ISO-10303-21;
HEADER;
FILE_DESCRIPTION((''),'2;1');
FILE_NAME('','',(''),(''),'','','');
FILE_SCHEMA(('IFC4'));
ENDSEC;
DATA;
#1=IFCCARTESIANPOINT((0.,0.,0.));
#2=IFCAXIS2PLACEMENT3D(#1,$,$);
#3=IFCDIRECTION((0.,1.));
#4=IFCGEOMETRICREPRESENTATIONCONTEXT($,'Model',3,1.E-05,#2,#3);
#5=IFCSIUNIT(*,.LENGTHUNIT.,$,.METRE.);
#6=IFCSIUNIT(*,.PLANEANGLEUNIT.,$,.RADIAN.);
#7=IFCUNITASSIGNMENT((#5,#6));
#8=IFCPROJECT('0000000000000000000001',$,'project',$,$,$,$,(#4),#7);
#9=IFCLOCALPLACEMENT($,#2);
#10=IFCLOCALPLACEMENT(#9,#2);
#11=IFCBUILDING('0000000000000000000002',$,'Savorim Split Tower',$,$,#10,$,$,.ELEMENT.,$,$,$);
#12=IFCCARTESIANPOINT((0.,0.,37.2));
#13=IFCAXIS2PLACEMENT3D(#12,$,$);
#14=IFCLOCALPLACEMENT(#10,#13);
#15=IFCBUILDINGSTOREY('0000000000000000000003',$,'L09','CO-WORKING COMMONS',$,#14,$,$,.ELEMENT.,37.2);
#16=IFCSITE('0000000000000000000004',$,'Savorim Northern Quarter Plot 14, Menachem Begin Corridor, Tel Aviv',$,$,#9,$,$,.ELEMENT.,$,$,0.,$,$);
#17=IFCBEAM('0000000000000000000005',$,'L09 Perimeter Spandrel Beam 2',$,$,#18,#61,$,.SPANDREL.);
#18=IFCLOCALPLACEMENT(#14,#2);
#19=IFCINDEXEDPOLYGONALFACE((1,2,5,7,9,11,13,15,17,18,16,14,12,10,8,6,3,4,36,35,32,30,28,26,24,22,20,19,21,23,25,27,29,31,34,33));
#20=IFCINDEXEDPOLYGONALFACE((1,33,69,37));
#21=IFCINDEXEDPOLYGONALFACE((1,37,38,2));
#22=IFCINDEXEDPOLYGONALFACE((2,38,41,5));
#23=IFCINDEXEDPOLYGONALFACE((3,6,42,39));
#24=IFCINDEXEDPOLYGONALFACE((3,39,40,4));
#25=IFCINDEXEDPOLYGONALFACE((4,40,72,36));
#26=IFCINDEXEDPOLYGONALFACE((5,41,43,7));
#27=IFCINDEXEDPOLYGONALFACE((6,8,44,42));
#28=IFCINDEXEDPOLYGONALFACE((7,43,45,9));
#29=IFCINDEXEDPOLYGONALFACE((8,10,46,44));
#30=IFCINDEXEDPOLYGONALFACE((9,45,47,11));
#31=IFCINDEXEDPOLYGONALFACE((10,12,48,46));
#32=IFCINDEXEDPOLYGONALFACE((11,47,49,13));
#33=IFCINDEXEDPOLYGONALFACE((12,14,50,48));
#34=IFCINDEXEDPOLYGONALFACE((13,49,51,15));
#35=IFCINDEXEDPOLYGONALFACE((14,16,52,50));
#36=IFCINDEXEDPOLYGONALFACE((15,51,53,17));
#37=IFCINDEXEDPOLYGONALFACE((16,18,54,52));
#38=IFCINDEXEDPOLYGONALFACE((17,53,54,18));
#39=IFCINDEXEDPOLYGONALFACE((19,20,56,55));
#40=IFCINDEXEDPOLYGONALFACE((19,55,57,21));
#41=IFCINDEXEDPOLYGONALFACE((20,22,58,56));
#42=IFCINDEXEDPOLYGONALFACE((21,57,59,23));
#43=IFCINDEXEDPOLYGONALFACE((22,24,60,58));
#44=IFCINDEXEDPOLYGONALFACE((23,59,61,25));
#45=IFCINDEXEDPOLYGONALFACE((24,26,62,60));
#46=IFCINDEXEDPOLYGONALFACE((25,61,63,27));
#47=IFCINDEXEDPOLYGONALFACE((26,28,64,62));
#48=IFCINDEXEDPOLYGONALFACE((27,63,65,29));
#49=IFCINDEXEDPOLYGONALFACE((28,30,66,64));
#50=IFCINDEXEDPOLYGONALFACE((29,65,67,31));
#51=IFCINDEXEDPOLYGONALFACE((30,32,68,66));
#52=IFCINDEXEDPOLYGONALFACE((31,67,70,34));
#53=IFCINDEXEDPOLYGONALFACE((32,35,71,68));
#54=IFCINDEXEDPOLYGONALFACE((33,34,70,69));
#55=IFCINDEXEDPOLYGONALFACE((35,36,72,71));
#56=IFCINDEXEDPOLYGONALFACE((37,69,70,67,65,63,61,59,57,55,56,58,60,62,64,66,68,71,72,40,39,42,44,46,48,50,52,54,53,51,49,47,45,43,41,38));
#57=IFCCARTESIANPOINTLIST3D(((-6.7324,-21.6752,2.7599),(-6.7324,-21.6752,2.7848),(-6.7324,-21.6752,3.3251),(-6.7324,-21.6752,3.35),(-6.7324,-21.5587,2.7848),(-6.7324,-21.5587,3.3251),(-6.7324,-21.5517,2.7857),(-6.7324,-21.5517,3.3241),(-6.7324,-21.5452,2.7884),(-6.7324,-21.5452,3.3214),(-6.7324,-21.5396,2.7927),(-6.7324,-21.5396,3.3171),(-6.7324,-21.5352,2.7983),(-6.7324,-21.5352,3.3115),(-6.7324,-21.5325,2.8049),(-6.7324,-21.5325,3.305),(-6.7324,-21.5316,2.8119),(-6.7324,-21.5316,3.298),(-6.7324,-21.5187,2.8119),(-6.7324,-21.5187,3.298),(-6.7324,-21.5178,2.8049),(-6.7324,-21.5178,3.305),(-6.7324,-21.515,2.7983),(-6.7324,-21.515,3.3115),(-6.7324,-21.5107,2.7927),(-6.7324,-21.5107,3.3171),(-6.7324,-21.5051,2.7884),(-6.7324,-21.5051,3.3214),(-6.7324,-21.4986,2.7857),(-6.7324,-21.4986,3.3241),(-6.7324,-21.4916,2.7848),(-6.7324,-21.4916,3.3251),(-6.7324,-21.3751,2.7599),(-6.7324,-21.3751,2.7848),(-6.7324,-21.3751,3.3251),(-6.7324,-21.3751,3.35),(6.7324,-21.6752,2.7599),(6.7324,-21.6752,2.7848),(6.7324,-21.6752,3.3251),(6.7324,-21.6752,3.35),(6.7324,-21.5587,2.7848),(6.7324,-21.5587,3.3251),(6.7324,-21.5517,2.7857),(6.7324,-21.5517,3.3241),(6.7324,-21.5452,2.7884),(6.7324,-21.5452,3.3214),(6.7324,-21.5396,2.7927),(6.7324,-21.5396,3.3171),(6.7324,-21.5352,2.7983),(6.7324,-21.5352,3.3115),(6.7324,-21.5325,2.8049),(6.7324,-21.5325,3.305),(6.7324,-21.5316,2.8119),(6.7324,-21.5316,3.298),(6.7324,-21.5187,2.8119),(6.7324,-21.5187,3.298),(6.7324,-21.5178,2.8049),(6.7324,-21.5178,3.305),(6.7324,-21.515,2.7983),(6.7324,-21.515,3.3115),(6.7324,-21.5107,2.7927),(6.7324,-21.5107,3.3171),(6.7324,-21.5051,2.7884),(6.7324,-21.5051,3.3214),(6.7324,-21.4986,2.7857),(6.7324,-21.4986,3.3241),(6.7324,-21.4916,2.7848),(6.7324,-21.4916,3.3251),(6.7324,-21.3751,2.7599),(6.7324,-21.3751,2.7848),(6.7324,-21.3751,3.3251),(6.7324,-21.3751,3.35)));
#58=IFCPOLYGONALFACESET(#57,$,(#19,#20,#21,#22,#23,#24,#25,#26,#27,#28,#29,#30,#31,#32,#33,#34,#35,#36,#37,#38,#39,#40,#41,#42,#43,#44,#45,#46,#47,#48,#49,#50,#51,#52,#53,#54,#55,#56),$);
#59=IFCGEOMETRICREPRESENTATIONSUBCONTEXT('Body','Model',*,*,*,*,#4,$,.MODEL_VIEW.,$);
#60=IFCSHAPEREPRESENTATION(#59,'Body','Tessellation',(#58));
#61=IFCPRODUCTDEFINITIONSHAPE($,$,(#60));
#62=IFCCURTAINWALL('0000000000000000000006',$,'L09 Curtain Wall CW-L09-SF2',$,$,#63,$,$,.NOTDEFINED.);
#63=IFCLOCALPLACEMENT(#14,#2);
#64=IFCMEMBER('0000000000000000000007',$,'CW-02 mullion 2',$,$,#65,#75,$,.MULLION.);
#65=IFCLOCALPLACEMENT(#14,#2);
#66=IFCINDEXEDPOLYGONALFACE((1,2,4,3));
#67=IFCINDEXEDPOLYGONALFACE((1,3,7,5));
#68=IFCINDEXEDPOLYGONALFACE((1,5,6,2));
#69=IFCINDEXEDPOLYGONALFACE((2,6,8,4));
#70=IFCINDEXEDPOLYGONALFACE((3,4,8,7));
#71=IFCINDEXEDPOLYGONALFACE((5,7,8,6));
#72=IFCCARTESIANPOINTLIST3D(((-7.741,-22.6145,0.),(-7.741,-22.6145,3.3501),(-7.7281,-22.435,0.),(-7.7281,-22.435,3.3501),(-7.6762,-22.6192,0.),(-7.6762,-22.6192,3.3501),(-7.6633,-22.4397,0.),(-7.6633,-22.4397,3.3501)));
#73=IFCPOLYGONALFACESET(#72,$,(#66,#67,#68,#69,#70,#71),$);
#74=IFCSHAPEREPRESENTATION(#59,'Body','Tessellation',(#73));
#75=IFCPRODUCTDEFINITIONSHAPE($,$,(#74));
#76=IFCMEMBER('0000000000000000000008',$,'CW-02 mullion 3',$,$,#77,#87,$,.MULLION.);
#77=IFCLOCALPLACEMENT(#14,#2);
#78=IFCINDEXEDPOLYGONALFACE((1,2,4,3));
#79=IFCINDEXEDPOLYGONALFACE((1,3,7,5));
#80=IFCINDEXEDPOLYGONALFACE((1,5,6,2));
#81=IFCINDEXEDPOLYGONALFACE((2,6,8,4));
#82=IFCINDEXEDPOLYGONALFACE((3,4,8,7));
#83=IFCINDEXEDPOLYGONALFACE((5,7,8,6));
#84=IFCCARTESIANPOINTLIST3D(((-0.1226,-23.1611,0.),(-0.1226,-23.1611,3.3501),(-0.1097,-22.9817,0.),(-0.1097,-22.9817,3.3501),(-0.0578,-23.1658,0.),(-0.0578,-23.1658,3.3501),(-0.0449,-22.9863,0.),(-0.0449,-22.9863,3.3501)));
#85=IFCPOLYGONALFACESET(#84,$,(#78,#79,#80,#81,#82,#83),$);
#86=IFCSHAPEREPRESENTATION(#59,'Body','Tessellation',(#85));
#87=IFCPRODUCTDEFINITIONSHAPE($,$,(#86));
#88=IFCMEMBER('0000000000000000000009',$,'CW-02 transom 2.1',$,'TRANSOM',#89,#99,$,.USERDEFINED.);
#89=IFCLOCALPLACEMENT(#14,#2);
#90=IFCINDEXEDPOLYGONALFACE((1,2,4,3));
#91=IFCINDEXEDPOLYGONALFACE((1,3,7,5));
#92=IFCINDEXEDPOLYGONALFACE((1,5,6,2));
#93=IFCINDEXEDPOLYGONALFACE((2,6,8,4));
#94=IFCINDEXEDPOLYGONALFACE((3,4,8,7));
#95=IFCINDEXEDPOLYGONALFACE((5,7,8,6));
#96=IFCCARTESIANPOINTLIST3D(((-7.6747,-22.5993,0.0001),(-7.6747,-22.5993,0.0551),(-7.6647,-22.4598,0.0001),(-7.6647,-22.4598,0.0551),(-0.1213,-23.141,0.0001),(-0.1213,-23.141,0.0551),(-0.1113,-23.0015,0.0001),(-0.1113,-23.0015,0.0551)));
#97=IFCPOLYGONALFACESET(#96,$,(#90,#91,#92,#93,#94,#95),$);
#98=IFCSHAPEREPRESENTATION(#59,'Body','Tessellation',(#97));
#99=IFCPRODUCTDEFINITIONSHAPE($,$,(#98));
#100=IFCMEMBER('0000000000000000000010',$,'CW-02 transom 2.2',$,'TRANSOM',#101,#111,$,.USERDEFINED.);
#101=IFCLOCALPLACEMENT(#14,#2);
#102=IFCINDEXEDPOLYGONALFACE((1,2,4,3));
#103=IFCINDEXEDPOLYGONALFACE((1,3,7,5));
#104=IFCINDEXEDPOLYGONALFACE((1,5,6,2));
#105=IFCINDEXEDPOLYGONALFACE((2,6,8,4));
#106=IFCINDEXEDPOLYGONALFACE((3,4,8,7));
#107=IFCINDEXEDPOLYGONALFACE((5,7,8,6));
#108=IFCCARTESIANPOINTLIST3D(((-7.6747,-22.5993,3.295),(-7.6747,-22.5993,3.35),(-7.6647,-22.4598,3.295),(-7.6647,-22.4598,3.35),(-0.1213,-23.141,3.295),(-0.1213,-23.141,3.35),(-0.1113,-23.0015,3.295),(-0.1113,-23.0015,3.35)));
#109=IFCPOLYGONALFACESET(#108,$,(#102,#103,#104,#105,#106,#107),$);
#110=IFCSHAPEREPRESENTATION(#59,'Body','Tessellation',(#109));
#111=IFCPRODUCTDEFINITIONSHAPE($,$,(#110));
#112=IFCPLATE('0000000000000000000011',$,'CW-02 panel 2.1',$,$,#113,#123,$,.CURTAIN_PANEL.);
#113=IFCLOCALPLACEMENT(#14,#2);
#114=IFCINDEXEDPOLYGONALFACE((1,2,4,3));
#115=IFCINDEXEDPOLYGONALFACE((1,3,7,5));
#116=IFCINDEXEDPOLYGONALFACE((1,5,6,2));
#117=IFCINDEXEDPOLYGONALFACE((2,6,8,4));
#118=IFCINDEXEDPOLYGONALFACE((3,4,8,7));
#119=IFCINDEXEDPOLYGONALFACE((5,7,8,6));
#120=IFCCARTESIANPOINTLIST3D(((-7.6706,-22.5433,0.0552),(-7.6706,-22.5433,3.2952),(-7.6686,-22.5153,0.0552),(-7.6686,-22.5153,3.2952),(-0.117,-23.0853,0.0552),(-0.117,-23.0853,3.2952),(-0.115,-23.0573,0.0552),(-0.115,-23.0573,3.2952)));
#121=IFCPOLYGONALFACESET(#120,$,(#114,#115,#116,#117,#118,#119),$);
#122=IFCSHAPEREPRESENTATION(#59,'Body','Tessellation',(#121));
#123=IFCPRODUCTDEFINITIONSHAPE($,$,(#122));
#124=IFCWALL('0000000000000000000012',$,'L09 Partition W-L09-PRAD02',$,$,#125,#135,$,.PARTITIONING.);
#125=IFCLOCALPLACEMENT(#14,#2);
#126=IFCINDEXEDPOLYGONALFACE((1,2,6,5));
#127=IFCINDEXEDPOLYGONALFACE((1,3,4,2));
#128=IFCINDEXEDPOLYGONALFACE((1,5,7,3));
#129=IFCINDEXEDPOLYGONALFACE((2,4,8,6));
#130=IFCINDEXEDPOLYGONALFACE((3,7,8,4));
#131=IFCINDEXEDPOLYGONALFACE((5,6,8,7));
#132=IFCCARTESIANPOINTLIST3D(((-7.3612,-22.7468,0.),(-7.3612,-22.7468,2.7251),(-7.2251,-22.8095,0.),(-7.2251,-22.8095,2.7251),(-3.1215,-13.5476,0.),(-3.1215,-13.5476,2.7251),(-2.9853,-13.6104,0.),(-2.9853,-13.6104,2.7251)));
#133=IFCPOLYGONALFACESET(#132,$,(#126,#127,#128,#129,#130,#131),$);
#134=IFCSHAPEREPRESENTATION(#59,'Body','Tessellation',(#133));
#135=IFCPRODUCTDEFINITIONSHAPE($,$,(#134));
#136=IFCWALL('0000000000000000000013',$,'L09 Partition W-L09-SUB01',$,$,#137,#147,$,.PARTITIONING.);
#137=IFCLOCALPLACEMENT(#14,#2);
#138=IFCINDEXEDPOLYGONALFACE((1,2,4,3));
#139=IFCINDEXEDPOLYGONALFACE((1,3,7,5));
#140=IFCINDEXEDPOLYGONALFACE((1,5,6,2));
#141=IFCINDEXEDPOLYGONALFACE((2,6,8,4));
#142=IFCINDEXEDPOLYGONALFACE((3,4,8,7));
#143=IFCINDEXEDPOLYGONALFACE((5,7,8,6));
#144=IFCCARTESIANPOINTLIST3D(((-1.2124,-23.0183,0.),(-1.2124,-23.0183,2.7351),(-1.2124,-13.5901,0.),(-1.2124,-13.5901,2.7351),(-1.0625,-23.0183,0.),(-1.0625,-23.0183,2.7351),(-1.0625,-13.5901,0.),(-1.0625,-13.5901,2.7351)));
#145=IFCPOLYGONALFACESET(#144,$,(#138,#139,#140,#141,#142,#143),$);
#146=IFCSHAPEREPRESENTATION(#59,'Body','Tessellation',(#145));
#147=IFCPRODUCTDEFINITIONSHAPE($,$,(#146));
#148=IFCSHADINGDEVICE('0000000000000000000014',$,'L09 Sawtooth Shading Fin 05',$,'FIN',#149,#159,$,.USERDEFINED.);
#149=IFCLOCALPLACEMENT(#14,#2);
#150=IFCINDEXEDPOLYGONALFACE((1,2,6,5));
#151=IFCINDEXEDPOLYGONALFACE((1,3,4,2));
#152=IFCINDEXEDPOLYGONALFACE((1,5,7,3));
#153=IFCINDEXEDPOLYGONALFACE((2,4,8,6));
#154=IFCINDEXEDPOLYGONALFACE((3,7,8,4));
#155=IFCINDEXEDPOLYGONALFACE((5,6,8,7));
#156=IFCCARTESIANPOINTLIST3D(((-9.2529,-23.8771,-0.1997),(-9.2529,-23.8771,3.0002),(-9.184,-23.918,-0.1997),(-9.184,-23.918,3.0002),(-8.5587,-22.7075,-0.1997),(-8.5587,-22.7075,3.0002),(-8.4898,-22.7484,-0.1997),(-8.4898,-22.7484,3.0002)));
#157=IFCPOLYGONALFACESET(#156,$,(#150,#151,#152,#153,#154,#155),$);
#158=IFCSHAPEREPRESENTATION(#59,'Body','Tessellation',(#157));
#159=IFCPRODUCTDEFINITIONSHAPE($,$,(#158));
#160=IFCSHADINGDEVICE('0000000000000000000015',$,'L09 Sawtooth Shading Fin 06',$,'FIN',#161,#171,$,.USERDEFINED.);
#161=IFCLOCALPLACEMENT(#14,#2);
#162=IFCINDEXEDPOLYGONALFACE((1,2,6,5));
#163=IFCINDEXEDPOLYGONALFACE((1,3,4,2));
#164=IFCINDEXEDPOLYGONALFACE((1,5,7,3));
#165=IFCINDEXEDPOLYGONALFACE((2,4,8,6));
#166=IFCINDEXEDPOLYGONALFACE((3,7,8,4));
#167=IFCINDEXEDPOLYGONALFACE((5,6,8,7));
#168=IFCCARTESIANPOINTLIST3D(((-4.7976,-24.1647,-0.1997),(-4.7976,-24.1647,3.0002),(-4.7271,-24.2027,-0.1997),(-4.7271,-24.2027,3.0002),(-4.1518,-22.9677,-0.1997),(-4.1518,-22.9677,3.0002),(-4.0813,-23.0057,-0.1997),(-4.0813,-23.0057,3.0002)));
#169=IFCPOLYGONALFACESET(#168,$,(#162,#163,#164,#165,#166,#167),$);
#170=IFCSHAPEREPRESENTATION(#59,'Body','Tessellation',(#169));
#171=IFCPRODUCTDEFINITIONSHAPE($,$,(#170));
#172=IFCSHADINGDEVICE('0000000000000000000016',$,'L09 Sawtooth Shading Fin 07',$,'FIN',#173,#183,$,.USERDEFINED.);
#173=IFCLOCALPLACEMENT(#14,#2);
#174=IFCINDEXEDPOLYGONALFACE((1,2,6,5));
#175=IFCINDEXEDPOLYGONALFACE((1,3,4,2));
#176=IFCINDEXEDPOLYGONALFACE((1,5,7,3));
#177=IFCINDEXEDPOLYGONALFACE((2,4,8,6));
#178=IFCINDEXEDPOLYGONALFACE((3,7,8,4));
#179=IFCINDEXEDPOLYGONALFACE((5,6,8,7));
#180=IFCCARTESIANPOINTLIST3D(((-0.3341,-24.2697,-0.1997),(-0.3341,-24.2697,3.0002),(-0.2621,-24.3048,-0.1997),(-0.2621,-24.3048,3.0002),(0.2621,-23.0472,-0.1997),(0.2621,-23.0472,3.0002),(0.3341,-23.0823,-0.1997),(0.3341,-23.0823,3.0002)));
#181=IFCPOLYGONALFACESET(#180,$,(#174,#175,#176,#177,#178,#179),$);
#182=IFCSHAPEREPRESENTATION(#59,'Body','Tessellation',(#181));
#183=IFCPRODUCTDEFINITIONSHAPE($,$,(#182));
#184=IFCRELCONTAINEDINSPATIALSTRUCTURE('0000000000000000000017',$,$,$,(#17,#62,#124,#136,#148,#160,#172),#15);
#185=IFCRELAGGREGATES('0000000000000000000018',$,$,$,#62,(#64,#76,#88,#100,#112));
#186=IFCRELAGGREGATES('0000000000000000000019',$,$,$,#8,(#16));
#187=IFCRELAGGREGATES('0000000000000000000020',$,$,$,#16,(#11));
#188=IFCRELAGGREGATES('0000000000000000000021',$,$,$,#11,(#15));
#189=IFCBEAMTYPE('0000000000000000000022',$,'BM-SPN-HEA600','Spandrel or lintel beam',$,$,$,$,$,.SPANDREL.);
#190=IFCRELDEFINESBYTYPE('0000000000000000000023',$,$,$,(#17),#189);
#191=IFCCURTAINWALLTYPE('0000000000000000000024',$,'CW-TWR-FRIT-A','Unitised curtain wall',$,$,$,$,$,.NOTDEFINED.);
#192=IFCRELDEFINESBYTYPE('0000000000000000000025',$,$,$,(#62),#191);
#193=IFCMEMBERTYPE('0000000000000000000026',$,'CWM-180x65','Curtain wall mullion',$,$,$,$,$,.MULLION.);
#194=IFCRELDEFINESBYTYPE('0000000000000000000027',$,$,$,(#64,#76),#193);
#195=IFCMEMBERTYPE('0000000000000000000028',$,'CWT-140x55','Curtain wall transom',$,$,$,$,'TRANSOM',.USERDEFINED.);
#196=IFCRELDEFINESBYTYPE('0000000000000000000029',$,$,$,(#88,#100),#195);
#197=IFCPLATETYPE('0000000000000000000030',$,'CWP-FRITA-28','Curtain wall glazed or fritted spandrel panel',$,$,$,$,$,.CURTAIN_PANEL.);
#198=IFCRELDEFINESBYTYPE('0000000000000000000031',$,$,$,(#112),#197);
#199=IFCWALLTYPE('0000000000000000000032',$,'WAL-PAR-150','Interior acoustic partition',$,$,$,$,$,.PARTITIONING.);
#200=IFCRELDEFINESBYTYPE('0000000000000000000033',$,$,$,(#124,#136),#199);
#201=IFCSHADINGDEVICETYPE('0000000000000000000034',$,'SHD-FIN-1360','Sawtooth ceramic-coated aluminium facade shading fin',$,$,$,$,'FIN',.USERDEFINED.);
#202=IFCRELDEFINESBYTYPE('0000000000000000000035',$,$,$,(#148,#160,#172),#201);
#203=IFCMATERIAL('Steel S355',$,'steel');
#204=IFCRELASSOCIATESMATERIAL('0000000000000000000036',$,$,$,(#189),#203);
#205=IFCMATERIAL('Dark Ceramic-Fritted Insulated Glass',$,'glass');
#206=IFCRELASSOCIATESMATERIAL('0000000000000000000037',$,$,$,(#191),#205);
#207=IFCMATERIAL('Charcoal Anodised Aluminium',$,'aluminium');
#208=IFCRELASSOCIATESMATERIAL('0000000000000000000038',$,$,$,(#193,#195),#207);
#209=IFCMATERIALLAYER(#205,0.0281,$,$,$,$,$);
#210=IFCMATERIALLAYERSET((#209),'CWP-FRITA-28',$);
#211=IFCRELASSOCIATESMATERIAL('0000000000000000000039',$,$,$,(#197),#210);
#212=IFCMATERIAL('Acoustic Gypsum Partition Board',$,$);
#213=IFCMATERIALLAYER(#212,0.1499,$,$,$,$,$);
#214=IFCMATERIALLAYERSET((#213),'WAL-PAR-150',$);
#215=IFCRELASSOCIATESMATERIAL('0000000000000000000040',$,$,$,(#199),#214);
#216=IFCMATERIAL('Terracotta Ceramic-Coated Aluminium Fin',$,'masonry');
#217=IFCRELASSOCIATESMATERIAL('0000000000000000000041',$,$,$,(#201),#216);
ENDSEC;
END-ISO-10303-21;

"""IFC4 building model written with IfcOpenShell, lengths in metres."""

from ifc_helpers import new_model, si_unit, direction, frame, frame_2d, origin, origin_2d, place, context, subcontext, project, spatial, rectangle, i_section, extrude, material, layer, layer_set, material_profile, profile_set, type_object, element, aggregate, save


model = new_model("IFC4")

# Units and contexts
model_context = context("Model", 3, precision=1e-05, world=origin(), true_north=direction((0.0, 1.0)))
body_context = subcontext(model_context, "Body", "Model", "MODEL_VIEW")
ifc_project = project(units=[si_unit("LENGTHUNIT", "METRE"), si_unit("PLANEANGLEUNIT", "RADIAN")], contexts=[model_context])

# Site, building, storey
site_placement = place(None, origin())
site = spatial("IfcSite", under=ifc_project, at=site_placement, Name="Savorim Northern Quarter Plot 14, Menachem Begin Corridor, Tel Aviv", CompositionType="ELEMENT", RefElevation=0.0)
building_placement = place(site_placement, origin())
building = spatial("IfcBuilding", under=site, at=building_placement, Name="Savorim Split Tower", CompositionType="ELEMENT")
storey_placement = place(building_placement, frame((0.0, 0.0, 37.2)))
storey = spatial("IfcBuildingStorey", under=building, at=storey_placement, Name="L09", Description="CO-WORKING COMMONS", CompositionType="ELEMENT", Elevation=37.2)

# Beam
ifc_material_1 = material(Name="Steel S355", Category="steel")
ifc_material_profile_1 = material_profile(ifc_material_1, i_section(OverallWidth=0.3, OverallDepth=0.5901, WebThickness=0.0129, FlangeThickness=0.0249, FilletRadius=0.0271, at=origin_2d()), Name="HEA 600")
ifc_profile_set_1 = profile_set([ifc_material_profile_1], Name="Steel S355")
beam_type_1 = type_object("IfcBeamType", Name="BM-SPN-HEA600", Description="Spandrel or lintel beam", PredefinedType="SPANDREL", material=ifc_profile_set_1)
beam_1_placement = place(storey_placement, frame((-6.7324, -21.5251, 3.0549), z_axis=(1.0, 0.0, 0.0), x_axis=(0.0, 1.0, 0.0)))
element("IfcBeam", 1, at=beam_1_placement, inside=storey, type_object=beam_type_1, Name="L09 Perimeter Spandrel Beam 2", PredefinedType="SPANDREL", context=body_context, shape_type="SweptSolid", body=[
    extrude(i_section(OverallWidth=0.3, OverallDepth=0.5901, WebThickness=0.0129, FlangeThickness=0.0249, FilletRadius=0.0271, at=origin_2d()), origin(), (0.0, 0.0, 1.0), 13.4648),
])

# Curtain wall, members, plate
ifc_material_2 = material(Name="Dark Ceramic-Fritted Insulated Glass", Category="glass")
curtain_wall_type = type_object("IfcCurtainWallType", Name="CW-TWR-FRIT-A", Description="Unitised curtain wall", PredefinedType="NOTDEFINED", material=ifc_material_2)
curtain_wall_placement = place(storey_placement, origin())
curtain_wall = element("IfcCurtainWall", 2, at=curtain_wall_placement, inside=storey, type_object=curtain_wall_type, Name="L09 Curtain Wall CW-L09-SF2", PredefinedType="NOTDEFINED")
ifc_material_3 = material(Name="Charcoal Anodised Aluminium", Category="aluminium")
ifc_material_profile_2 = material_profile(ifc_material_3, rectangle(XDim=0.1799, YDim=0.0649, at=origin_2d()), Name="ALU-M 180x65")
ifc_profile_set_2 = profile_set([ifc_material_profile_2], Name="Charcoal Anodised Aluminium")
member_type_1 = type_object("IfcMemberType", Name="CWM-180x65", Description="Curtain wall mullion", PredefinedType="MULLION", material=ifc_profile_set_2)
member_1_placement = place(storey_placement, frame((-7.7021, -22.5271, 0.0), z_axis=(0.0, 0.0, 1.0), x_axis=(0.07156, 0.997436, 0.0)))
member_1 = element("IfcMember", 3, at=member_1_placement, type_object=member_type_1, Name="CW-02 mullion 2", PredefinedType="MULLION", context=body_context, shape_type="SweptSolid", body=[
    extrude(rectangle(XDim=0.1799, YDim=0.0649, at=origin_2d()), origin(), (0.0, 0.0, 1.0), 3.3501),
])
member_2_placement = place(storey_placement, frame((-0.0837, -23.0737, 0.0), z_axis=(0.0, 0.0, 1.0), x_axis=(0.07156, 0.997436, 0.0)))
member_2 = element("IfcMember", 4, at=member_2_placement, type_object=member_type_1, Name="CW-02 mullion 3", PredefinedType="MULLION", context=body_context, shape_type="SweptSolid", body=[
    extrude(rectangle(XDim=0.1799, YDim=0.0649, at=origin_2d()), origin(), (0.0, 0.0, 1.0), 3.3501),
])
ifc_material_profile_3 = material_profile(ifc_material_3, rectangle(XDim=0.1399, YDim=0.0549, at=origin_2d()), Name="ALU-T 140x55")
ifc_profile_set_3 = profile_set([ifc_material_profile_3], Name="Charcoal Anodised Aluminium")
member_type_2 = type_object("IfcMemberType", Name="CWT-140x55", Description="Curtain wall transom", ElementType="TRANSOM", PredefinedType="USERDEFINED", material=ifc_profile_set_3)
member_3_placement = place(storey_placement, frame((-7.6697, -22.5295, 0.0276), z_axis=(0.997438, -0.071538, 0.0), x_axis=(0.071538, 0.997438, 0.0)))
member_3 = element("IfcMember", 5, at=member_3_placement, type_object=member_type_2, Name="CW-02 transom 2.1", ObjectType="TRANSOM", PredefinedType="USERDEFINED", context=body_context, shape_type="SweptSolid", body=[
    extrude(rectangle(XDim=0.1399, YDim=0.0549, at=origin_2d()), origin(), (0.0, 0.0, 1.0), 7.5728),
])
member_4_placement = place(storey_placement, frame((-7.6697, -22.5295, 3.3225), z_axis=(0.997438, -0.071538, 0.0), x_axis=(0.071538, 0.997438, 0.0)))
member_4 = element("IfcMember", 6, at=member_4_placement, type_object=member_type_2, Name="CW-02 transom 2.2", ObjectType="TRANSOM", PredefinedType="USERDEFINED", context=body_context, shape_type="SweptSolid", body=[
    extrude(rectangle(XDim=0.1399, YDim=0.0549, at=origin_2d()), origin(), (0.0, 0.0, 1.0), 7.5728),
])
ifc_layer_1 = layer(ifc_material_2, 0.0281)
ifc_layer_set_1 = layer_set([ifc_layer_1], Name="CWP-FRITA-28")
plate_type = type_object("IfcPlateType", Name="CWP-FRITA-28", Description="Curtain wall glazed or fritted spandrel panel", PredefinedType="CURTAIN_PANEL", material=ifc_layer_set_1)
plate_placement = place(storey_placement, frame((-3.8928, -22.8003, 0.0552), z_axis=(0.0, 0.0, 1.0), x_axis=(0.997436, -0.07156, 0.0)))
plate = element("IfcPlate", 7, at=plate_placement, type_object=plate_type, Name="CW-02 panel 2.1", PredefinedType="CURTAIN_PANEL", context=body_context, shape_type="SweptSolid", body=[
    extrude(rectangle(XDim=7.573, YDim=0.0281, at=origin_2d()), origin(), (0.0, 0.0, 1.0), 3.24),
])
aggregate(curtain_wall, [member_1, member_2, member_3, member_4, plate])

# Walls
ifc_material_4 = material(Name="Acoustic Gypsum Partition Board")
ifc_layer_2 = layer(ifc_material_4, 0.1499)
ifc_layer_set_2 = layer_set([ifc_layer_2], Name="WAL-PAR-150")
wall_type = type_object("IfcWallType", Name="WAL-PAR-150", Description="Interior acoustic partition", PredefinedType="PARTITIONING", material=ifc_layer_set_2)
wall_1_placement = place(storey_placement, frame((-3.0535, -13.5791, 0.0), z_axis=(0.0, 0.0, 1.0), x_axis=(-0.418566, -0.908186, 0.0)))
element("IfcWall", 8, at=wall_1_placement, inside=storey, type_object=wall_type, Name="L09 Partition W-L09-PRAD02", PredefinedType="PARTITIONING", context=body_context, shape_type="SweptSolid", body=[
    extrude(rectangle(XDim=10.1292, YDim=0.1499, at=frame_2d((5.0645, 0.0))), origin(), (0.0, 0.0, 1.0), 2.7251),
])
wall_2_placement = place(storey_placement, frame((-1.1375, -13.5901, 0.0), z_axis=(0.0, 0.0, 1.0), x_axis=(0.0, -1.0, 0.0)))
element("IfcWall", 9, at=wall_2_placement, inside=storey, type_object=wall_type, Name="L09 Partition W-L09-SUB01", PredefinedType="PARTITIONING", context=body_context, shape_type="SweptSolid", body=[
    extrude(rectangle(XDim=9.4282, YDim=0.1499, at=frame_2d((4.7141, 0.0))), origin(), (0.0, 0.0, 1.0), 2.7351),
])

# Shading devices
ifc_material_5 = material(Name="Terracotta Ceramic-Coated Aluminium Fin", Category="masonry")
shading_device_type = type_object("IfcShadingDeviceType", Name="SHD-FIN-1360", Description="Sawtooth ceramic-coated aluminium facade shading fin", ElementType="FIN", PredefinedType="USERDEFINED", material=ifc_material_5)
for number, where, z_axis, x_axis, name in (
    (10, (-8.8713, -23.3127, -0.1997), (0.0, 0.0, 1.0), (-0.510391, -0.859942, 0.0), "L09 Sawtooth Shading Fin 05"),
    (11, (-4.4395, -23.5852, -0.1997), (0.0, 0.0, 1.0), (-0.474778, -0.880106, 0.0), "L09 Sawtooth Shading Fin 06"),
    (12, (0.0, -23.676, -0.1997), (0.0, 0.0, 1.0), (-0.438371, -0.898794, 0.0), "L09 Sawtooth Shading Fin 07"),
):
    element("IfcShadingDevice", number, at=place(storey_placement, frame(where, z_axis=z_axis, x_axis=x_axis)), inside=storey, type_object=shading_device_type, Name=name, ObjectType="FIN", PredefinedType="USERDEFINED", context=body_context, shape_type="SweptSolid", body=[
        extrude(rectangle(XDim=1.3601, YDim=0.0801, at=origin_2d()), origin(), (0.0, 0.0, 1.0), 3.2),
    ])

save(model, "model.ifc")
